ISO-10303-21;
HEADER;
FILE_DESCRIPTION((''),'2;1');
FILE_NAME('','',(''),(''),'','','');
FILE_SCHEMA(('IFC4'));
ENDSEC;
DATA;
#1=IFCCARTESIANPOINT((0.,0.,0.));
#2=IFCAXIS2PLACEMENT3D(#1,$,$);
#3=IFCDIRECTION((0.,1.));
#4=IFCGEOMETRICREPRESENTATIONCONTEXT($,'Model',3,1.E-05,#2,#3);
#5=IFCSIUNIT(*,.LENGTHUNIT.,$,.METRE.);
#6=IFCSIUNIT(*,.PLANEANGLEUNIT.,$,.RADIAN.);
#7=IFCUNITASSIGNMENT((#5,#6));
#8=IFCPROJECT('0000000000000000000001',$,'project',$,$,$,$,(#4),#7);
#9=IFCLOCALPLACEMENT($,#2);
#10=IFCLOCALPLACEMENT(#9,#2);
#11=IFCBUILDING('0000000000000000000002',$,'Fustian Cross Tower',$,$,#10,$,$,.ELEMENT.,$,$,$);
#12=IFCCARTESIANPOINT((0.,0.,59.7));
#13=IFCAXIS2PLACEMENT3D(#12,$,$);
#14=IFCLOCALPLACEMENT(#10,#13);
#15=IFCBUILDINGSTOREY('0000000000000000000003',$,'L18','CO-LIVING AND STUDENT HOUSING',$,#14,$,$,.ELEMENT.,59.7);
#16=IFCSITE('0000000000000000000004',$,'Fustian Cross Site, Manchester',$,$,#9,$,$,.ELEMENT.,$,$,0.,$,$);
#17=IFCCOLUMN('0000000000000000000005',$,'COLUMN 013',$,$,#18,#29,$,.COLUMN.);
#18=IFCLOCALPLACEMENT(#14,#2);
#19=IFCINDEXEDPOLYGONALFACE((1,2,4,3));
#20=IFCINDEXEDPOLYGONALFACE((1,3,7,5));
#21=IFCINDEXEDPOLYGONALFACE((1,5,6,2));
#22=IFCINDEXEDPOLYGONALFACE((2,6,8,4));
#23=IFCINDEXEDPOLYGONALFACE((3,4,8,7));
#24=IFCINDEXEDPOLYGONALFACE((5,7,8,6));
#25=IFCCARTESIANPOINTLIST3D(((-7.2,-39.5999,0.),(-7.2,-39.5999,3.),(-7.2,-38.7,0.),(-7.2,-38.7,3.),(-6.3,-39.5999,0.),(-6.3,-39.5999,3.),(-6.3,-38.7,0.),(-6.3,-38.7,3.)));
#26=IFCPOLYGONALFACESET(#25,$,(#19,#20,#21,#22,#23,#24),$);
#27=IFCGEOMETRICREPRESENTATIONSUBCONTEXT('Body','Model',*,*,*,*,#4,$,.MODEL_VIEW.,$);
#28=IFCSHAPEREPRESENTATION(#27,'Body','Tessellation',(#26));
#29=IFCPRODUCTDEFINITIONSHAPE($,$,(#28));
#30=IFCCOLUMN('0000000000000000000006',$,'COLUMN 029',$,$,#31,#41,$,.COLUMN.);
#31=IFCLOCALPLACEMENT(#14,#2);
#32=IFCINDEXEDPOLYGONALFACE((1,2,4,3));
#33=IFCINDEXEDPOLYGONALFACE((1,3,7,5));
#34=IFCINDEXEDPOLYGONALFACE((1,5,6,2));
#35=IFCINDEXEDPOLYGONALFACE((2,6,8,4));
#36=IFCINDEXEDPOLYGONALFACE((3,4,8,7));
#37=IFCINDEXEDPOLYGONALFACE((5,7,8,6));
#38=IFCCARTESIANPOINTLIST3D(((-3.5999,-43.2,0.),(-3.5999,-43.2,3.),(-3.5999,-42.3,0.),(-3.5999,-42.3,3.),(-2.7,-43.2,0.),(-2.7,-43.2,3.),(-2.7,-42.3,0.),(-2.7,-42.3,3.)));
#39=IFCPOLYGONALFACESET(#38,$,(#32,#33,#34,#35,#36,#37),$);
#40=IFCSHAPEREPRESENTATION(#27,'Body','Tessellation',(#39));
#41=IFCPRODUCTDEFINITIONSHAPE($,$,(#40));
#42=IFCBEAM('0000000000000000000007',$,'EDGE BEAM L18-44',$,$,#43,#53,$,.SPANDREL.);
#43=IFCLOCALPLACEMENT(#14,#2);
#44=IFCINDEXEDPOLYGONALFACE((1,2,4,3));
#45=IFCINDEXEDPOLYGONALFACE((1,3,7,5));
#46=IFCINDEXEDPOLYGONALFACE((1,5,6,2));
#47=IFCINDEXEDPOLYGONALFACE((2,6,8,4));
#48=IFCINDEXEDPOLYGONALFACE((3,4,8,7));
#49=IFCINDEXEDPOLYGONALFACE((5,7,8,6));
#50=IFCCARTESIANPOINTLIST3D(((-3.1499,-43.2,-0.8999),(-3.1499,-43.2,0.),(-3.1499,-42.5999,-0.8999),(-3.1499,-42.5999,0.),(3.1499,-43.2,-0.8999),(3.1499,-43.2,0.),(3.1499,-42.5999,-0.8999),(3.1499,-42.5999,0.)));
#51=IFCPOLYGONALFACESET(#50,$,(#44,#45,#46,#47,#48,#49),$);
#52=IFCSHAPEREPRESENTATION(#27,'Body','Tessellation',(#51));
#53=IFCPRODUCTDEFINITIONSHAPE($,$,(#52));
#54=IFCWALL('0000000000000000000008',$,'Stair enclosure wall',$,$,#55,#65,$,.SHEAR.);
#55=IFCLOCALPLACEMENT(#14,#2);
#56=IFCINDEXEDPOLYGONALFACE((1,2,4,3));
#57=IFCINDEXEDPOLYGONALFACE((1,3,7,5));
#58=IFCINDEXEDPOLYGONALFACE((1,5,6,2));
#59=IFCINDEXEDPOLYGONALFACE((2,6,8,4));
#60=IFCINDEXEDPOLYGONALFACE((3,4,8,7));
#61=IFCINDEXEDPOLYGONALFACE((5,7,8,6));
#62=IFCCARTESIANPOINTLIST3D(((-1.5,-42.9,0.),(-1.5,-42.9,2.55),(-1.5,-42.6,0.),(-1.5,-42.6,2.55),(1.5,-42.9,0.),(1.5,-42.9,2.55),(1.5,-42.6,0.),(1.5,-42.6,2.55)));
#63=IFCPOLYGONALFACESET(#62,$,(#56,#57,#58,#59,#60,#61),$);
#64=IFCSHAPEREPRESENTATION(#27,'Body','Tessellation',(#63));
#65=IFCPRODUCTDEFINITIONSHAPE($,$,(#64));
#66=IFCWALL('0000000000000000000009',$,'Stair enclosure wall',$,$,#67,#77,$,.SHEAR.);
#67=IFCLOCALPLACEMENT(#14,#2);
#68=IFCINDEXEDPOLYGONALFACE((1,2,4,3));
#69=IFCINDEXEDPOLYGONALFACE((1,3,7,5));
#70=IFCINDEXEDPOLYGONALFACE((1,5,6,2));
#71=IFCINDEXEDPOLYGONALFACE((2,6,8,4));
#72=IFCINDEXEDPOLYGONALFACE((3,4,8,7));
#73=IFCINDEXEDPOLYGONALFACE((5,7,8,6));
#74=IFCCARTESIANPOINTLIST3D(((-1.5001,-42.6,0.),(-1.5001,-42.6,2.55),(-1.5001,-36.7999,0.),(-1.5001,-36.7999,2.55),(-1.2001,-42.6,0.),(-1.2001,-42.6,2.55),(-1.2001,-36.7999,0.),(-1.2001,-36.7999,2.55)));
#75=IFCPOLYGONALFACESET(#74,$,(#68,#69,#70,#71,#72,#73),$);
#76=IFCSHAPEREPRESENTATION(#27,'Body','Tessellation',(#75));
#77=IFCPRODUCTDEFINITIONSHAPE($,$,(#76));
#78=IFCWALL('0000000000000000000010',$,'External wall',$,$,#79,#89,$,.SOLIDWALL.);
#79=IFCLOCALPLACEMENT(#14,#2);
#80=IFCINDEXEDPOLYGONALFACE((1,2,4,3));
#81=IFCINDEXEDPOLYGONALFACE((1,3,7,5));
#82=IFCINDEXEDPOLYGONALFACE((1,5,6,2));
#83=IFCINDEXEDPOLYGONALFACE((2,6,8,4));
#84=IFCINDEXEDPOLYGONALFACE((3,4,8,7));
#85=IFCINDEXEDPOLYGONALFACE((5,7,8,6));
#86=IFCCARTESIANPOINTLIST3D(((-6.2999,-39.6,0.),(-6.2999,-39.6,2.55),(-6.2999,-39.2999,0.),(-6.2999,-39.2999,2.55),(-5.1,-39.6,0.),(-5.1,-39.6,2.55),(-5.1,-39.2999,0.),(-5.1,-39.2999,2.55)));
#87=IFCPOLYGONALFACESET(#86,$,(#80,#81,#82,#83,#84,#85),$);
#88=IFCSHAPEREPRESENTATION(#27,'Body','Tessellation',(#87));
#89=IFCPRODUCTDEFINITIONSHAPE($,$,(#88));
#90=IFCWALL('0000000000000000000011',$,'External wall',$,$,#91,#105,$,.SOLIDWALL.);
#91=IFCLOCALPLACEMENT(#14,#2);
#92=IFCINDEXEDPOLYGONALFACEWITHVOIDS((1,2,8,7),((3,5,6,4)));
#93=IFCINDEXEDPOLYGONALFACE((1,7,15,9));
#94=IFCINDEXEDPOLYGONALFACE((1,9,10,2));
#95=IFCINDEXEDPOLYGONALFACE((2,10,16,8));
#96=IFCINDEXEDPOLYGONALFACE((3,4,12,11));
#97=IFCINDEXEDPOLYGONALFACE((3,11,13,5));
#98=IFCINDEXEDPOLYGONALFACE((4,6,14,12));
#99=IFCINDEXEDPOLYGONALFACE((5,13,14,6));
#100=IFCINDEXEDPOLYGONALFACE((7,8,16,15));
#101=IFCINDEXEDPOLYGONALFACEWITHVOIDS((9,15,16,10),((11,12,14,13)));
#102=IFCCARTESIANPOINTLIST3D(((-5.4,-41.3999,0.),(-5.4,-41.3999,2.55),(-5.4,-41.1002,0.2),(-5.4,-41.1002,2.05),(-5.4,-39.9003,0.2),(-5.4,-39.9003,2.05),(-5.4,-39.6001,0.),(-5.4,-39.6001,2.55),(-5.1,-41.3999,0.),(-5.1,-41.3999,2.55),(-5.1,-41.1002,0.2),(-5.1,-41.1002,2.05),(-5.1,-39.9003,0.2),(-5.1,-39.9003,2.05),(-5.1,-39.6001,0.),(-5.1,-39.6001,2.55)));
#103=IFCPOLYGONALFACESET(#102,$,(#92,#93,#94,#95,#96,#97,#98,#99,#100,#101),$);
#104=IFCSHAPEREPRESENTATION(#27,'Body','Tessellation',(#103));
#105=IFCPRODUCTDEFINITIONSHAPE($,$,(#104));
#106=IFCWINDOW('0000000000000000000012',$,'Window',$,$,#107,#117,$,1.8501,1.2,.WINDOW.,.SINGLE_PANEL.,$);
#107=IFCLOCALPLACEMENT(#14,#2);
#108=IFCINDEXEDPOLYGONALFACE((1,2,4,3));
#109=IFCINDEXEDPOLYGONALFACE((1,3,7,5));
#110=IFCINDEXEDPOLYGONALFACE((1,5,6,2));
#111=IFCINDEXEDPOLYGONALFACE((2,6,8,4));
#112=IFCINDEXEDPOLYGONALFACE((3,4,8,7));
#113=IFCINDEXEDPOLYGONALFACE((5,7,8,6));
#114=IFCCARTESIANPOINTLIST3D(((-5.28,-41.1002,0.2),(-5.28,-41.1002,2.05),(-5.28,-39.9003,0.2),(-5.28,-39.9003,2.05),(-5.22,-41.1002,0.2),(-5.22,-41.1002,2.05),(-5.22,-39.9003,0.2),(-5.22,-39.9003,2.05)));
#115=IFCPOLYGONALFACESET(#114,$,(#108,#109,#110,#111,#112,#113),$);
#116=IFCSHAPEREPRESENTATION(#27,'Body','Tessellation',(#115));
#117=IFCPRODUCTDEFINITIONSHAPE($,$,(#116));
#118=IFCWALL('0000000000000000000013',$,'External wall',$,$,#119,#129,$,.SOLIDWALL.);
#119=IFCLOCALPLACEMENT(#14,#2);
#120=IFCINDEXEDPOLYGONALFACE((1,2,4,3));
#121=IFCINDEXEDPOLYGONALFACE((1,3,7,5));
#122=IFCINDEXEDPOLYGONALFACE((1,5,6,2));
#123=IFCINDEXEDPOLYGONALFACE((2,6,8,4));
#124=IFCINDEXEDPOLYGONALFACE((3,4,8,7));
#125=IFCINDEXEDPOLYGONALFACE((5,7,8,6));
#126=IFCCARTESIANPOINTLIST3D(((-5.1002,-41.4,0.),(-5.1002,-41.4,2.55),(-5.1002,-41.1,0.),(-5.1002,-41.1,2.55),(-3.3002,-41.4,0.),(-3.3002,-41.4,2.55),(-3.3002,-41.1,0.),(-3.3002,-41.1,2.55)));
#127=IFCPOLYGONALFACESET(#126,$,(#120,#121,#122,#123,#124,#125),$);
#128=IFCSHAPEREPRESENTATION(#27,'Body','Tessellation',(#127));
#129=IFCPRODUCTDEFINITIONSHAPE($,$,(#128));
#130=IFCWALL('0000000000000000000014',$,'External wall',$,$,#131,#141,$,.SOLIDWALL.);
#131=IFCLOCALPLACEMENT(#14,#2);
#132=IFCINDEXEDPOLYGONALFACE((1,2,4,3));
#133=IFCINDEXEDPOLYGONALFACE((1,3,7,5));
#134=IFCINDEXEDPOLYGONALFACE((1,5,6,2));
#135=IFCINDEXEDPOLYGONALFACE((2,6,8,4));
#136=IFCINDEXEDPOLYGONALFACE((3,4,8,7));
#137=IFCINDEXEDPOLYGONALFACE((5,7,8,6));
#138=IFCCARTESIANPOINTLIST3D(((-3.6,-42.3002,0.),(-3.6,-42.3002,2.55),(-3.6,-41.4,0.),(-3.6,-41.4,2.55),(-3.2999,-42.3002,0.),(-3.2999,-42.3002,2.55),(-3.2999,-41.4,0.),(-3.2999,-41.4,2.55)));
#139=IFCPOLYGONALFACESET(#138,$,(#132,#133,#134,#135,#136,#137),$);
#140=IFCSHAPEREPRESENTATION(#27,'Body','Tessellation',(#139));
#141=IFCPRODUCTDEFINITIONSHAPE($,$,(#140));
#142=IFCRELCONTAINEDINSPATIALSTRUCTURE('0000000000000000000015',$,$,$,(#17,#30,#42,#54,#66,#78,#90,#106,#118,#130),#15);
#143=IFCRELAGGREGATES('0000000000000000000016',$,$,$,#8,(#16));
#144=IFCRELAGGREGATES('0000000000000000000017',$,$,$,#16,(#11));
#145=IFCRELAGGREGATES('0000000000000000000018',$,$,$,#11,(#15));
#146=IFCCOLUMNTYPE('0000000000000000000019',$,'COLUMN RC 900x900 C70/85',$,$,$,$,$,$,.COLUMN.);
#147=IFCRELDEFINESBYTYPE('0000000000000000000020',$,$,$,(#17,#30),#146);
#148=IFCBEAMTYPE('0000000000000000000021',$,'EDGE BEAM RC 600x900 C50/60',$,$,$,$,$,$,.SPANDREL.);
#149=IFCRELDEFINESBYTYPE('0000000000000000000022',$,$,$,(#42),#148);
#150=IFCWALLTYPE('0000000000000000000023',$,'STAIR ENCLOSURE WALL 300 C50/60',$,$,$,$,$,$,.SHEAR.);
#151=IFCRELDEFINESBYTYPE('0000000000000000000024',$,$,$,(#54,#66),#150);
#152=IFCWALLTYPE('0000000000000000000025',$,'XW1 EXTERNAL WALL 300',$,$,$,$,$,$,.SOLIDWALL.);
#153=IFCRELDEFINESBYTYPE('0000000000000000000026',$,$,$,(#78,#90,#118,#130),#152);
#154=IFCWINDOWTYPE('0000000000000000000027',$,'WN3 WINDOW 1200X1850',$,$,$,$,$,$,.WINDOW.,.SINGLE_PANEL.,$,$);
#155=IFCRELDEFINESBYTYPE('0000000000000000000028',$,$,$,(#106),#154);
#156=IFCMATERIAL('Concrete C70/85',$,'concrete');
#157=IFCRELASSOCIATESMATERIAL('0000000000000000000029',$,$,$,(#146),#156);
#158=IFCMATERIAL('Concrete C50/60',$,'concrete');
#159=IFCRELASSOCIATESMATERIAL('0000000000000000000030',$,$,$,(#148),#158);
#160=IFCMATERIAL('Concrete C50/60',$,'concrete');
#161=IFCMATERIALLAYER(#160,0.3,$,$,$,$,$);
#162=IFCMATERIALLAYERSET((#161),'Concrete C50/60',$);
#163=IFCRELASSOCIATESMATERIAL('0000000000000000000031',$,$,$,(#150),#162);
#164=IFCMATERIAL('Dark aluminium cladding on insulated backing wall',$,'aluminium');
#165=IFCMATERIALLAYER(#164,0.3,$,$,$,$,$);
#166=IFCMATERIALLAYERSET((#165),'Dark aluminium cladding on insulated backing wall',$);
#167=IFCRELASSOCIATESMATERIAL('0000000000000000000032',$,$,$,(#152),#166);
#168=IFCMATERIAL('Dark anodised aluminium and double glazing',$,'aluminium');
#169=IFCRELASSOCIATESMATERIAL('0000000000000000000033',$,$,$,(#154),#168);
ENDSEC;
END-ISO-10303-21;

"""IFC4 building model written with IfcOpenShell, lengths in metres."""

from ifc_helpers import new_model, si_unit, direction, frame, frame_2d, origin, origin_2d, place, context, subcontext, project, spatial, rectangle, extrude, material, layer, layer_set, material_profile, profile_set, type_object, element, fill, save


model = new_model("IFC4")

# Units and contexts
model_context = context("Model", 3, precision=1e-05, world=origin(), true_north=direction((0.0, 1.0)))
body_context = subcontext(model_context, "Body", "Model", "MODEL_VIEW")
ifc_project = project(units=[si_unit("LENGTHUNIT", "METRE"), si_unit("PLANEANGLEUNIT", "RADIAN")], contexts=[model_context])

# Site, building, storey
site_placement = place(None, origin())
site = spatial("IfcSite", under=ifc_project, at=site_placement, Name="Fustian Cross Site, Manchester", CompositionType="ELEMENT", RefElevation=0.0)
building_placement = place(site_placement, origin())
building = spatial("IfcBuilding", under=site, at=building_placement, Name="Fustian Cross Tower", CompositionType="ELEMENT")
storey_placement = place(building_placement, frame((0.0, 0.0, 59.7)))
storey = spatial("IfcBuildingStorey", under=building, at=storey_placement, Name="L18", Description="CO-LIVING AND STUDENT HOUSING", CompositionType="ELEMENT", Elevation=59.7)

# Columns
ifc_material_1 = material(Name="Concrete C70/85", Category="concrete")
ifc_material_profile_1 = material_profile(ifc_material_1, rectangle(XDim=0.8999, YDim=0.8999, at=origin_2d()), Name="RC 900x900")
ifc_profile_set_1 = profile_set([ifc_material_profile_1], Name="Concrete C70/85")
column_type = type_object("IfcColumnType", Name="COLUMN RC 900x900 C70/85", PredefinedType="COLUMN", material=ifc_profile_set_1)
for number, where, z_axis, x_axis, name in (
    (1, (-6.75, -39.1499, 0.0), (0.0, 0.0, 1.0), (1.0, 0.0, 0.0), "COLUMN 013"),
    (2, (-3.1499, -42.75, 0.0), (0.0, 0.0, 1.0), (1.0, 0.0, 0.0), "COLUMN 029"),
):
    element("IfcColumn", number, at=place(storey_placement, frame(where, z_axis=z_axis, x_axis=x_axis)), inside=storey, type_object=column_type, Name=name, PredefinedType="COLUMN", context=body_context, shape_type="SweptSolid", body=[
        extrude(rectangle(XDim=0.8999, YDim=0.8999, at=origin_2d()), origin(), (0.0, 0.0, 1.0), 3.0),
    ])

# Beam
ifc_material_2 = material(Name="Concrete C50/60", Category="concrete")
ifc_material_profile_2 = material_profile(ifc_material_2, rectangle(XDim=0.6001, YDim=0.8999, at=origin_2d()), Name="RC 600x900")
ifc_profile_set_2 = profile_set([ifc_material_profile_2], Name="Concrete C50/60")
beam_type = type_object("IfcBeamType", Name="EDGE BEAM RC 600x900 C50/60", PredefinedType="SPANDREL", material=ifc_profile_set_2)
beam_placement = place(storey_placement, frame((-3.1499, -42.8999, -0.45), z_axis=(1.0, 0.0, 0.0), x_axis=(0.0, 1.0, 0.0)))
element("IfcBeam", 3, at=beam_placement, inside=storey, type_object=beam_type, Name="EDGE BEAM L18-44", PredefinedType="SPANDREL", context=body_context, shape_type="SweptSolid", body=[
    extrude(rectangle(XDim=0.6001, YDim=0.8999, at=origin_2d()), origin(), (0.0, 0.0, 1.0), 6.2998),
])

# Walls
ifc_material_3 = material(Name="Concrete C50/60", Category="concrete")
ifc_layer_1 = layer(ifc_material_3, 0.3)
ifc_layer_set_1 = layer_set([ifc_layer_1], Name="Concrete C50/60")
wall_type_1 = type_object("IfcWallType", Name="STAIR ENCLOSURE WALL 300 C50/60", PredefinedType="SHEAR", material=ifc_layer_set_1)
wall_1_placement = place(storey_placement, frame((-1.5, -42.75, 0.0), z_axis=(0.0, 0.0, 1.0), x_axis=(1.0, 0.0, 0.0)))
element("IfcWall", 4, at=wall_1_placement, inside=storey, type_object=wall_type_1, Name="Stair enclosure wall", PredefinedType="SHEAR", context=body_context, shape_type="SweptSolid", body=[
    extrude(rectangle(XDim=3.0, YDim=0.3, at=frame_2d((1.5, 0.0))), origin(), (0.0, 0.0, 1.0), 2.55),
])
wall_2_placement = place(storey_placement, frame((-1.3501, -36.8, 0.0), z_axis=(0.0, 0.0, 1.0), x_axis=(0.0, -1.0, 0.0)))
element("IfcWall", 5, at=wall_2_placement, inside=storey, type_object=wall_type_1, Name="Stair enclosure wall", PredefinedType="SHEAR", context=body_context, shape_type="SweptSolid", body=[
    extrude(rectangle(XDim=5.8, YDim=0.3, at=frame_2d((2.8999, 0.0))), origin(), (0.0, 0.0, 1.0), 2.55),
])
ifc_material_4 = material(Name="Dark aluminium cladding on insulated backing wall", Category="aluminium")
ifc_layer_2 = layer(ifc_material_4, 0.3)
ifc_layer_set_2 = layer_set([ifc_layer_2], Name="Dark aluminium cladding on insulated backing wall")
wall_type_2 = type_object("IfcWallType", Name="XW1 EXTERNAL WALL 300", PredefinedType="SOLIDWALL", material=ifc_layer_set_2)
wall_3_placement = place(storey_placement, frame((-6.3, -39.45, 0.0), z_axis=(0.0, 0.0, 1.0), x_axis=(1.0, 0.0, 0.0)))
element("IfcWall", 6, at=wall_3_placement, inside=storey, type_object=wall_type_2, Name="External wall", PredefinedType="SOLIDWALL", context=body_context, shape_type="SweptSolid", body=[
    extrude(rectangle(XDim=1.2, YDim=0.3, at=frame_2d((0.6001, 0.0))), origin(), (0.0, 0.0, 1.0), 2.55),
])

# Wall, opening, window
wall_4_placement = place(storey_placement, frame((-5.25, -39.6001, 0.0), z_axis=(0.0, 0.0, 1.0), x_axis=(0.0, -1.0, 0.0)))
wall_4 = element("IfcWall", 7, at=wall_4_placement, inside=storey, type_object=wall_type_2, Name="External wall", PredefinedType="SOLIDWALL", context=body_context, shape_type="SweptSolid", body=[
    extrude(rectangle(XDim=1.7998, YDim=0.3, at=frame_2d((0.8999, 0.0))), origin(), (0.0, 0.0, 1.0), 2.55),
])
opening_1_placement = place(wall_4_placement, frame((0.3, 0.0, 0.2)))
opening_1 = element("IfcOpeningElement", 8, at=opening_1_placement, cuts=wall_4, PredefinedType="OPENING", context=body_context, shape_type="SweptSolid", body=[
    extrude(rectangle(XDim=1.2, YDim=1.8501, at=frame_2d((0.6001, 0.925))), frame((0.0, 0.1599, 0.0), z_axis=(0.0, -1.0, 0.0), x_axis=(1.0, 0.0, 0.0)), (0.0, 0.0, 1.0), 0.3201),
])
ifc_material_5 = material(Name="Dark anodised aluminium and double glazing", Category="aluminium")
window_type_1 = type_object("IfcWindowType", Name="WN3 WINDOW 1200X1850", PartitioningType="SINGLE_PANEL", PredefinedType="WINDOW", material=ifc_material_5)
window_1_placement = place(opening_1_placement, origin())
window_1 = element("IfcWindow", 9, at=window_1_placement, inside=storey, type_object=window_type_1, Name="Window", OverallHeight=1.8501, OverallWidth=1.2, PartitioningType="SINGLE_PANEL", PredefinedType="WINDOW", context=body_context, shape_type="SweptSolid", body=[
    extrude(rectangle(XDim=1.2, YDim=1.8501, at=frame_2d((0.6001, 0.925))), frame((0.0, 0.03, 0.0), z_axis=(0.0, -1.0, 0.0), x_axis=(1.0, 0.0, 0.0)), (0.0, 0.0, 1.0), 0.0601),
])
fill(opening_1, window_1)

# Walls
wall_5_placement = place(storey_placement, frame((-5.1001, -41.25, 0.0), z_axis=(0.0, 0.0, 1.0), x_axis=(1.0, 0.0, 0.0)))
element("IfcWall", 10, at=wall_5_placement, inside=storey, type_object=wall_type_2, Name="External wall", PredefinedType="SOLIDWALL", context=body_context, shape_type="SweptSolid", body=[
    extrude(rectangle(XDim=1.8, YDim=0.3, at=frame_2d((0.8999, 0.0))), origin(), (0.0, 0.0, 1.0), 2.55),
])
wall_6_placement = place(storey_placement, frame((-3.45, -41.3999, 0.0), z_axis=(0.0, 0.0, 1.0), x_axis=(0.0, -1.0, 0.0)))
element("IfcWall", 11, at=wall_6_placement, inside=storey, type_object=wall_type_2, Name="External wall", PredefinedType="SOLIDWALL", context=body_context, shape_type="SweptSolid", body=[
    extrude(rectangle(XDim=0.9001, YDim=0.3, at=frame_2d((0.4502, 0.0))), origin(), (0.0, 0.0, 1.0), 2.55),
])

save(model, "model.ifc")
